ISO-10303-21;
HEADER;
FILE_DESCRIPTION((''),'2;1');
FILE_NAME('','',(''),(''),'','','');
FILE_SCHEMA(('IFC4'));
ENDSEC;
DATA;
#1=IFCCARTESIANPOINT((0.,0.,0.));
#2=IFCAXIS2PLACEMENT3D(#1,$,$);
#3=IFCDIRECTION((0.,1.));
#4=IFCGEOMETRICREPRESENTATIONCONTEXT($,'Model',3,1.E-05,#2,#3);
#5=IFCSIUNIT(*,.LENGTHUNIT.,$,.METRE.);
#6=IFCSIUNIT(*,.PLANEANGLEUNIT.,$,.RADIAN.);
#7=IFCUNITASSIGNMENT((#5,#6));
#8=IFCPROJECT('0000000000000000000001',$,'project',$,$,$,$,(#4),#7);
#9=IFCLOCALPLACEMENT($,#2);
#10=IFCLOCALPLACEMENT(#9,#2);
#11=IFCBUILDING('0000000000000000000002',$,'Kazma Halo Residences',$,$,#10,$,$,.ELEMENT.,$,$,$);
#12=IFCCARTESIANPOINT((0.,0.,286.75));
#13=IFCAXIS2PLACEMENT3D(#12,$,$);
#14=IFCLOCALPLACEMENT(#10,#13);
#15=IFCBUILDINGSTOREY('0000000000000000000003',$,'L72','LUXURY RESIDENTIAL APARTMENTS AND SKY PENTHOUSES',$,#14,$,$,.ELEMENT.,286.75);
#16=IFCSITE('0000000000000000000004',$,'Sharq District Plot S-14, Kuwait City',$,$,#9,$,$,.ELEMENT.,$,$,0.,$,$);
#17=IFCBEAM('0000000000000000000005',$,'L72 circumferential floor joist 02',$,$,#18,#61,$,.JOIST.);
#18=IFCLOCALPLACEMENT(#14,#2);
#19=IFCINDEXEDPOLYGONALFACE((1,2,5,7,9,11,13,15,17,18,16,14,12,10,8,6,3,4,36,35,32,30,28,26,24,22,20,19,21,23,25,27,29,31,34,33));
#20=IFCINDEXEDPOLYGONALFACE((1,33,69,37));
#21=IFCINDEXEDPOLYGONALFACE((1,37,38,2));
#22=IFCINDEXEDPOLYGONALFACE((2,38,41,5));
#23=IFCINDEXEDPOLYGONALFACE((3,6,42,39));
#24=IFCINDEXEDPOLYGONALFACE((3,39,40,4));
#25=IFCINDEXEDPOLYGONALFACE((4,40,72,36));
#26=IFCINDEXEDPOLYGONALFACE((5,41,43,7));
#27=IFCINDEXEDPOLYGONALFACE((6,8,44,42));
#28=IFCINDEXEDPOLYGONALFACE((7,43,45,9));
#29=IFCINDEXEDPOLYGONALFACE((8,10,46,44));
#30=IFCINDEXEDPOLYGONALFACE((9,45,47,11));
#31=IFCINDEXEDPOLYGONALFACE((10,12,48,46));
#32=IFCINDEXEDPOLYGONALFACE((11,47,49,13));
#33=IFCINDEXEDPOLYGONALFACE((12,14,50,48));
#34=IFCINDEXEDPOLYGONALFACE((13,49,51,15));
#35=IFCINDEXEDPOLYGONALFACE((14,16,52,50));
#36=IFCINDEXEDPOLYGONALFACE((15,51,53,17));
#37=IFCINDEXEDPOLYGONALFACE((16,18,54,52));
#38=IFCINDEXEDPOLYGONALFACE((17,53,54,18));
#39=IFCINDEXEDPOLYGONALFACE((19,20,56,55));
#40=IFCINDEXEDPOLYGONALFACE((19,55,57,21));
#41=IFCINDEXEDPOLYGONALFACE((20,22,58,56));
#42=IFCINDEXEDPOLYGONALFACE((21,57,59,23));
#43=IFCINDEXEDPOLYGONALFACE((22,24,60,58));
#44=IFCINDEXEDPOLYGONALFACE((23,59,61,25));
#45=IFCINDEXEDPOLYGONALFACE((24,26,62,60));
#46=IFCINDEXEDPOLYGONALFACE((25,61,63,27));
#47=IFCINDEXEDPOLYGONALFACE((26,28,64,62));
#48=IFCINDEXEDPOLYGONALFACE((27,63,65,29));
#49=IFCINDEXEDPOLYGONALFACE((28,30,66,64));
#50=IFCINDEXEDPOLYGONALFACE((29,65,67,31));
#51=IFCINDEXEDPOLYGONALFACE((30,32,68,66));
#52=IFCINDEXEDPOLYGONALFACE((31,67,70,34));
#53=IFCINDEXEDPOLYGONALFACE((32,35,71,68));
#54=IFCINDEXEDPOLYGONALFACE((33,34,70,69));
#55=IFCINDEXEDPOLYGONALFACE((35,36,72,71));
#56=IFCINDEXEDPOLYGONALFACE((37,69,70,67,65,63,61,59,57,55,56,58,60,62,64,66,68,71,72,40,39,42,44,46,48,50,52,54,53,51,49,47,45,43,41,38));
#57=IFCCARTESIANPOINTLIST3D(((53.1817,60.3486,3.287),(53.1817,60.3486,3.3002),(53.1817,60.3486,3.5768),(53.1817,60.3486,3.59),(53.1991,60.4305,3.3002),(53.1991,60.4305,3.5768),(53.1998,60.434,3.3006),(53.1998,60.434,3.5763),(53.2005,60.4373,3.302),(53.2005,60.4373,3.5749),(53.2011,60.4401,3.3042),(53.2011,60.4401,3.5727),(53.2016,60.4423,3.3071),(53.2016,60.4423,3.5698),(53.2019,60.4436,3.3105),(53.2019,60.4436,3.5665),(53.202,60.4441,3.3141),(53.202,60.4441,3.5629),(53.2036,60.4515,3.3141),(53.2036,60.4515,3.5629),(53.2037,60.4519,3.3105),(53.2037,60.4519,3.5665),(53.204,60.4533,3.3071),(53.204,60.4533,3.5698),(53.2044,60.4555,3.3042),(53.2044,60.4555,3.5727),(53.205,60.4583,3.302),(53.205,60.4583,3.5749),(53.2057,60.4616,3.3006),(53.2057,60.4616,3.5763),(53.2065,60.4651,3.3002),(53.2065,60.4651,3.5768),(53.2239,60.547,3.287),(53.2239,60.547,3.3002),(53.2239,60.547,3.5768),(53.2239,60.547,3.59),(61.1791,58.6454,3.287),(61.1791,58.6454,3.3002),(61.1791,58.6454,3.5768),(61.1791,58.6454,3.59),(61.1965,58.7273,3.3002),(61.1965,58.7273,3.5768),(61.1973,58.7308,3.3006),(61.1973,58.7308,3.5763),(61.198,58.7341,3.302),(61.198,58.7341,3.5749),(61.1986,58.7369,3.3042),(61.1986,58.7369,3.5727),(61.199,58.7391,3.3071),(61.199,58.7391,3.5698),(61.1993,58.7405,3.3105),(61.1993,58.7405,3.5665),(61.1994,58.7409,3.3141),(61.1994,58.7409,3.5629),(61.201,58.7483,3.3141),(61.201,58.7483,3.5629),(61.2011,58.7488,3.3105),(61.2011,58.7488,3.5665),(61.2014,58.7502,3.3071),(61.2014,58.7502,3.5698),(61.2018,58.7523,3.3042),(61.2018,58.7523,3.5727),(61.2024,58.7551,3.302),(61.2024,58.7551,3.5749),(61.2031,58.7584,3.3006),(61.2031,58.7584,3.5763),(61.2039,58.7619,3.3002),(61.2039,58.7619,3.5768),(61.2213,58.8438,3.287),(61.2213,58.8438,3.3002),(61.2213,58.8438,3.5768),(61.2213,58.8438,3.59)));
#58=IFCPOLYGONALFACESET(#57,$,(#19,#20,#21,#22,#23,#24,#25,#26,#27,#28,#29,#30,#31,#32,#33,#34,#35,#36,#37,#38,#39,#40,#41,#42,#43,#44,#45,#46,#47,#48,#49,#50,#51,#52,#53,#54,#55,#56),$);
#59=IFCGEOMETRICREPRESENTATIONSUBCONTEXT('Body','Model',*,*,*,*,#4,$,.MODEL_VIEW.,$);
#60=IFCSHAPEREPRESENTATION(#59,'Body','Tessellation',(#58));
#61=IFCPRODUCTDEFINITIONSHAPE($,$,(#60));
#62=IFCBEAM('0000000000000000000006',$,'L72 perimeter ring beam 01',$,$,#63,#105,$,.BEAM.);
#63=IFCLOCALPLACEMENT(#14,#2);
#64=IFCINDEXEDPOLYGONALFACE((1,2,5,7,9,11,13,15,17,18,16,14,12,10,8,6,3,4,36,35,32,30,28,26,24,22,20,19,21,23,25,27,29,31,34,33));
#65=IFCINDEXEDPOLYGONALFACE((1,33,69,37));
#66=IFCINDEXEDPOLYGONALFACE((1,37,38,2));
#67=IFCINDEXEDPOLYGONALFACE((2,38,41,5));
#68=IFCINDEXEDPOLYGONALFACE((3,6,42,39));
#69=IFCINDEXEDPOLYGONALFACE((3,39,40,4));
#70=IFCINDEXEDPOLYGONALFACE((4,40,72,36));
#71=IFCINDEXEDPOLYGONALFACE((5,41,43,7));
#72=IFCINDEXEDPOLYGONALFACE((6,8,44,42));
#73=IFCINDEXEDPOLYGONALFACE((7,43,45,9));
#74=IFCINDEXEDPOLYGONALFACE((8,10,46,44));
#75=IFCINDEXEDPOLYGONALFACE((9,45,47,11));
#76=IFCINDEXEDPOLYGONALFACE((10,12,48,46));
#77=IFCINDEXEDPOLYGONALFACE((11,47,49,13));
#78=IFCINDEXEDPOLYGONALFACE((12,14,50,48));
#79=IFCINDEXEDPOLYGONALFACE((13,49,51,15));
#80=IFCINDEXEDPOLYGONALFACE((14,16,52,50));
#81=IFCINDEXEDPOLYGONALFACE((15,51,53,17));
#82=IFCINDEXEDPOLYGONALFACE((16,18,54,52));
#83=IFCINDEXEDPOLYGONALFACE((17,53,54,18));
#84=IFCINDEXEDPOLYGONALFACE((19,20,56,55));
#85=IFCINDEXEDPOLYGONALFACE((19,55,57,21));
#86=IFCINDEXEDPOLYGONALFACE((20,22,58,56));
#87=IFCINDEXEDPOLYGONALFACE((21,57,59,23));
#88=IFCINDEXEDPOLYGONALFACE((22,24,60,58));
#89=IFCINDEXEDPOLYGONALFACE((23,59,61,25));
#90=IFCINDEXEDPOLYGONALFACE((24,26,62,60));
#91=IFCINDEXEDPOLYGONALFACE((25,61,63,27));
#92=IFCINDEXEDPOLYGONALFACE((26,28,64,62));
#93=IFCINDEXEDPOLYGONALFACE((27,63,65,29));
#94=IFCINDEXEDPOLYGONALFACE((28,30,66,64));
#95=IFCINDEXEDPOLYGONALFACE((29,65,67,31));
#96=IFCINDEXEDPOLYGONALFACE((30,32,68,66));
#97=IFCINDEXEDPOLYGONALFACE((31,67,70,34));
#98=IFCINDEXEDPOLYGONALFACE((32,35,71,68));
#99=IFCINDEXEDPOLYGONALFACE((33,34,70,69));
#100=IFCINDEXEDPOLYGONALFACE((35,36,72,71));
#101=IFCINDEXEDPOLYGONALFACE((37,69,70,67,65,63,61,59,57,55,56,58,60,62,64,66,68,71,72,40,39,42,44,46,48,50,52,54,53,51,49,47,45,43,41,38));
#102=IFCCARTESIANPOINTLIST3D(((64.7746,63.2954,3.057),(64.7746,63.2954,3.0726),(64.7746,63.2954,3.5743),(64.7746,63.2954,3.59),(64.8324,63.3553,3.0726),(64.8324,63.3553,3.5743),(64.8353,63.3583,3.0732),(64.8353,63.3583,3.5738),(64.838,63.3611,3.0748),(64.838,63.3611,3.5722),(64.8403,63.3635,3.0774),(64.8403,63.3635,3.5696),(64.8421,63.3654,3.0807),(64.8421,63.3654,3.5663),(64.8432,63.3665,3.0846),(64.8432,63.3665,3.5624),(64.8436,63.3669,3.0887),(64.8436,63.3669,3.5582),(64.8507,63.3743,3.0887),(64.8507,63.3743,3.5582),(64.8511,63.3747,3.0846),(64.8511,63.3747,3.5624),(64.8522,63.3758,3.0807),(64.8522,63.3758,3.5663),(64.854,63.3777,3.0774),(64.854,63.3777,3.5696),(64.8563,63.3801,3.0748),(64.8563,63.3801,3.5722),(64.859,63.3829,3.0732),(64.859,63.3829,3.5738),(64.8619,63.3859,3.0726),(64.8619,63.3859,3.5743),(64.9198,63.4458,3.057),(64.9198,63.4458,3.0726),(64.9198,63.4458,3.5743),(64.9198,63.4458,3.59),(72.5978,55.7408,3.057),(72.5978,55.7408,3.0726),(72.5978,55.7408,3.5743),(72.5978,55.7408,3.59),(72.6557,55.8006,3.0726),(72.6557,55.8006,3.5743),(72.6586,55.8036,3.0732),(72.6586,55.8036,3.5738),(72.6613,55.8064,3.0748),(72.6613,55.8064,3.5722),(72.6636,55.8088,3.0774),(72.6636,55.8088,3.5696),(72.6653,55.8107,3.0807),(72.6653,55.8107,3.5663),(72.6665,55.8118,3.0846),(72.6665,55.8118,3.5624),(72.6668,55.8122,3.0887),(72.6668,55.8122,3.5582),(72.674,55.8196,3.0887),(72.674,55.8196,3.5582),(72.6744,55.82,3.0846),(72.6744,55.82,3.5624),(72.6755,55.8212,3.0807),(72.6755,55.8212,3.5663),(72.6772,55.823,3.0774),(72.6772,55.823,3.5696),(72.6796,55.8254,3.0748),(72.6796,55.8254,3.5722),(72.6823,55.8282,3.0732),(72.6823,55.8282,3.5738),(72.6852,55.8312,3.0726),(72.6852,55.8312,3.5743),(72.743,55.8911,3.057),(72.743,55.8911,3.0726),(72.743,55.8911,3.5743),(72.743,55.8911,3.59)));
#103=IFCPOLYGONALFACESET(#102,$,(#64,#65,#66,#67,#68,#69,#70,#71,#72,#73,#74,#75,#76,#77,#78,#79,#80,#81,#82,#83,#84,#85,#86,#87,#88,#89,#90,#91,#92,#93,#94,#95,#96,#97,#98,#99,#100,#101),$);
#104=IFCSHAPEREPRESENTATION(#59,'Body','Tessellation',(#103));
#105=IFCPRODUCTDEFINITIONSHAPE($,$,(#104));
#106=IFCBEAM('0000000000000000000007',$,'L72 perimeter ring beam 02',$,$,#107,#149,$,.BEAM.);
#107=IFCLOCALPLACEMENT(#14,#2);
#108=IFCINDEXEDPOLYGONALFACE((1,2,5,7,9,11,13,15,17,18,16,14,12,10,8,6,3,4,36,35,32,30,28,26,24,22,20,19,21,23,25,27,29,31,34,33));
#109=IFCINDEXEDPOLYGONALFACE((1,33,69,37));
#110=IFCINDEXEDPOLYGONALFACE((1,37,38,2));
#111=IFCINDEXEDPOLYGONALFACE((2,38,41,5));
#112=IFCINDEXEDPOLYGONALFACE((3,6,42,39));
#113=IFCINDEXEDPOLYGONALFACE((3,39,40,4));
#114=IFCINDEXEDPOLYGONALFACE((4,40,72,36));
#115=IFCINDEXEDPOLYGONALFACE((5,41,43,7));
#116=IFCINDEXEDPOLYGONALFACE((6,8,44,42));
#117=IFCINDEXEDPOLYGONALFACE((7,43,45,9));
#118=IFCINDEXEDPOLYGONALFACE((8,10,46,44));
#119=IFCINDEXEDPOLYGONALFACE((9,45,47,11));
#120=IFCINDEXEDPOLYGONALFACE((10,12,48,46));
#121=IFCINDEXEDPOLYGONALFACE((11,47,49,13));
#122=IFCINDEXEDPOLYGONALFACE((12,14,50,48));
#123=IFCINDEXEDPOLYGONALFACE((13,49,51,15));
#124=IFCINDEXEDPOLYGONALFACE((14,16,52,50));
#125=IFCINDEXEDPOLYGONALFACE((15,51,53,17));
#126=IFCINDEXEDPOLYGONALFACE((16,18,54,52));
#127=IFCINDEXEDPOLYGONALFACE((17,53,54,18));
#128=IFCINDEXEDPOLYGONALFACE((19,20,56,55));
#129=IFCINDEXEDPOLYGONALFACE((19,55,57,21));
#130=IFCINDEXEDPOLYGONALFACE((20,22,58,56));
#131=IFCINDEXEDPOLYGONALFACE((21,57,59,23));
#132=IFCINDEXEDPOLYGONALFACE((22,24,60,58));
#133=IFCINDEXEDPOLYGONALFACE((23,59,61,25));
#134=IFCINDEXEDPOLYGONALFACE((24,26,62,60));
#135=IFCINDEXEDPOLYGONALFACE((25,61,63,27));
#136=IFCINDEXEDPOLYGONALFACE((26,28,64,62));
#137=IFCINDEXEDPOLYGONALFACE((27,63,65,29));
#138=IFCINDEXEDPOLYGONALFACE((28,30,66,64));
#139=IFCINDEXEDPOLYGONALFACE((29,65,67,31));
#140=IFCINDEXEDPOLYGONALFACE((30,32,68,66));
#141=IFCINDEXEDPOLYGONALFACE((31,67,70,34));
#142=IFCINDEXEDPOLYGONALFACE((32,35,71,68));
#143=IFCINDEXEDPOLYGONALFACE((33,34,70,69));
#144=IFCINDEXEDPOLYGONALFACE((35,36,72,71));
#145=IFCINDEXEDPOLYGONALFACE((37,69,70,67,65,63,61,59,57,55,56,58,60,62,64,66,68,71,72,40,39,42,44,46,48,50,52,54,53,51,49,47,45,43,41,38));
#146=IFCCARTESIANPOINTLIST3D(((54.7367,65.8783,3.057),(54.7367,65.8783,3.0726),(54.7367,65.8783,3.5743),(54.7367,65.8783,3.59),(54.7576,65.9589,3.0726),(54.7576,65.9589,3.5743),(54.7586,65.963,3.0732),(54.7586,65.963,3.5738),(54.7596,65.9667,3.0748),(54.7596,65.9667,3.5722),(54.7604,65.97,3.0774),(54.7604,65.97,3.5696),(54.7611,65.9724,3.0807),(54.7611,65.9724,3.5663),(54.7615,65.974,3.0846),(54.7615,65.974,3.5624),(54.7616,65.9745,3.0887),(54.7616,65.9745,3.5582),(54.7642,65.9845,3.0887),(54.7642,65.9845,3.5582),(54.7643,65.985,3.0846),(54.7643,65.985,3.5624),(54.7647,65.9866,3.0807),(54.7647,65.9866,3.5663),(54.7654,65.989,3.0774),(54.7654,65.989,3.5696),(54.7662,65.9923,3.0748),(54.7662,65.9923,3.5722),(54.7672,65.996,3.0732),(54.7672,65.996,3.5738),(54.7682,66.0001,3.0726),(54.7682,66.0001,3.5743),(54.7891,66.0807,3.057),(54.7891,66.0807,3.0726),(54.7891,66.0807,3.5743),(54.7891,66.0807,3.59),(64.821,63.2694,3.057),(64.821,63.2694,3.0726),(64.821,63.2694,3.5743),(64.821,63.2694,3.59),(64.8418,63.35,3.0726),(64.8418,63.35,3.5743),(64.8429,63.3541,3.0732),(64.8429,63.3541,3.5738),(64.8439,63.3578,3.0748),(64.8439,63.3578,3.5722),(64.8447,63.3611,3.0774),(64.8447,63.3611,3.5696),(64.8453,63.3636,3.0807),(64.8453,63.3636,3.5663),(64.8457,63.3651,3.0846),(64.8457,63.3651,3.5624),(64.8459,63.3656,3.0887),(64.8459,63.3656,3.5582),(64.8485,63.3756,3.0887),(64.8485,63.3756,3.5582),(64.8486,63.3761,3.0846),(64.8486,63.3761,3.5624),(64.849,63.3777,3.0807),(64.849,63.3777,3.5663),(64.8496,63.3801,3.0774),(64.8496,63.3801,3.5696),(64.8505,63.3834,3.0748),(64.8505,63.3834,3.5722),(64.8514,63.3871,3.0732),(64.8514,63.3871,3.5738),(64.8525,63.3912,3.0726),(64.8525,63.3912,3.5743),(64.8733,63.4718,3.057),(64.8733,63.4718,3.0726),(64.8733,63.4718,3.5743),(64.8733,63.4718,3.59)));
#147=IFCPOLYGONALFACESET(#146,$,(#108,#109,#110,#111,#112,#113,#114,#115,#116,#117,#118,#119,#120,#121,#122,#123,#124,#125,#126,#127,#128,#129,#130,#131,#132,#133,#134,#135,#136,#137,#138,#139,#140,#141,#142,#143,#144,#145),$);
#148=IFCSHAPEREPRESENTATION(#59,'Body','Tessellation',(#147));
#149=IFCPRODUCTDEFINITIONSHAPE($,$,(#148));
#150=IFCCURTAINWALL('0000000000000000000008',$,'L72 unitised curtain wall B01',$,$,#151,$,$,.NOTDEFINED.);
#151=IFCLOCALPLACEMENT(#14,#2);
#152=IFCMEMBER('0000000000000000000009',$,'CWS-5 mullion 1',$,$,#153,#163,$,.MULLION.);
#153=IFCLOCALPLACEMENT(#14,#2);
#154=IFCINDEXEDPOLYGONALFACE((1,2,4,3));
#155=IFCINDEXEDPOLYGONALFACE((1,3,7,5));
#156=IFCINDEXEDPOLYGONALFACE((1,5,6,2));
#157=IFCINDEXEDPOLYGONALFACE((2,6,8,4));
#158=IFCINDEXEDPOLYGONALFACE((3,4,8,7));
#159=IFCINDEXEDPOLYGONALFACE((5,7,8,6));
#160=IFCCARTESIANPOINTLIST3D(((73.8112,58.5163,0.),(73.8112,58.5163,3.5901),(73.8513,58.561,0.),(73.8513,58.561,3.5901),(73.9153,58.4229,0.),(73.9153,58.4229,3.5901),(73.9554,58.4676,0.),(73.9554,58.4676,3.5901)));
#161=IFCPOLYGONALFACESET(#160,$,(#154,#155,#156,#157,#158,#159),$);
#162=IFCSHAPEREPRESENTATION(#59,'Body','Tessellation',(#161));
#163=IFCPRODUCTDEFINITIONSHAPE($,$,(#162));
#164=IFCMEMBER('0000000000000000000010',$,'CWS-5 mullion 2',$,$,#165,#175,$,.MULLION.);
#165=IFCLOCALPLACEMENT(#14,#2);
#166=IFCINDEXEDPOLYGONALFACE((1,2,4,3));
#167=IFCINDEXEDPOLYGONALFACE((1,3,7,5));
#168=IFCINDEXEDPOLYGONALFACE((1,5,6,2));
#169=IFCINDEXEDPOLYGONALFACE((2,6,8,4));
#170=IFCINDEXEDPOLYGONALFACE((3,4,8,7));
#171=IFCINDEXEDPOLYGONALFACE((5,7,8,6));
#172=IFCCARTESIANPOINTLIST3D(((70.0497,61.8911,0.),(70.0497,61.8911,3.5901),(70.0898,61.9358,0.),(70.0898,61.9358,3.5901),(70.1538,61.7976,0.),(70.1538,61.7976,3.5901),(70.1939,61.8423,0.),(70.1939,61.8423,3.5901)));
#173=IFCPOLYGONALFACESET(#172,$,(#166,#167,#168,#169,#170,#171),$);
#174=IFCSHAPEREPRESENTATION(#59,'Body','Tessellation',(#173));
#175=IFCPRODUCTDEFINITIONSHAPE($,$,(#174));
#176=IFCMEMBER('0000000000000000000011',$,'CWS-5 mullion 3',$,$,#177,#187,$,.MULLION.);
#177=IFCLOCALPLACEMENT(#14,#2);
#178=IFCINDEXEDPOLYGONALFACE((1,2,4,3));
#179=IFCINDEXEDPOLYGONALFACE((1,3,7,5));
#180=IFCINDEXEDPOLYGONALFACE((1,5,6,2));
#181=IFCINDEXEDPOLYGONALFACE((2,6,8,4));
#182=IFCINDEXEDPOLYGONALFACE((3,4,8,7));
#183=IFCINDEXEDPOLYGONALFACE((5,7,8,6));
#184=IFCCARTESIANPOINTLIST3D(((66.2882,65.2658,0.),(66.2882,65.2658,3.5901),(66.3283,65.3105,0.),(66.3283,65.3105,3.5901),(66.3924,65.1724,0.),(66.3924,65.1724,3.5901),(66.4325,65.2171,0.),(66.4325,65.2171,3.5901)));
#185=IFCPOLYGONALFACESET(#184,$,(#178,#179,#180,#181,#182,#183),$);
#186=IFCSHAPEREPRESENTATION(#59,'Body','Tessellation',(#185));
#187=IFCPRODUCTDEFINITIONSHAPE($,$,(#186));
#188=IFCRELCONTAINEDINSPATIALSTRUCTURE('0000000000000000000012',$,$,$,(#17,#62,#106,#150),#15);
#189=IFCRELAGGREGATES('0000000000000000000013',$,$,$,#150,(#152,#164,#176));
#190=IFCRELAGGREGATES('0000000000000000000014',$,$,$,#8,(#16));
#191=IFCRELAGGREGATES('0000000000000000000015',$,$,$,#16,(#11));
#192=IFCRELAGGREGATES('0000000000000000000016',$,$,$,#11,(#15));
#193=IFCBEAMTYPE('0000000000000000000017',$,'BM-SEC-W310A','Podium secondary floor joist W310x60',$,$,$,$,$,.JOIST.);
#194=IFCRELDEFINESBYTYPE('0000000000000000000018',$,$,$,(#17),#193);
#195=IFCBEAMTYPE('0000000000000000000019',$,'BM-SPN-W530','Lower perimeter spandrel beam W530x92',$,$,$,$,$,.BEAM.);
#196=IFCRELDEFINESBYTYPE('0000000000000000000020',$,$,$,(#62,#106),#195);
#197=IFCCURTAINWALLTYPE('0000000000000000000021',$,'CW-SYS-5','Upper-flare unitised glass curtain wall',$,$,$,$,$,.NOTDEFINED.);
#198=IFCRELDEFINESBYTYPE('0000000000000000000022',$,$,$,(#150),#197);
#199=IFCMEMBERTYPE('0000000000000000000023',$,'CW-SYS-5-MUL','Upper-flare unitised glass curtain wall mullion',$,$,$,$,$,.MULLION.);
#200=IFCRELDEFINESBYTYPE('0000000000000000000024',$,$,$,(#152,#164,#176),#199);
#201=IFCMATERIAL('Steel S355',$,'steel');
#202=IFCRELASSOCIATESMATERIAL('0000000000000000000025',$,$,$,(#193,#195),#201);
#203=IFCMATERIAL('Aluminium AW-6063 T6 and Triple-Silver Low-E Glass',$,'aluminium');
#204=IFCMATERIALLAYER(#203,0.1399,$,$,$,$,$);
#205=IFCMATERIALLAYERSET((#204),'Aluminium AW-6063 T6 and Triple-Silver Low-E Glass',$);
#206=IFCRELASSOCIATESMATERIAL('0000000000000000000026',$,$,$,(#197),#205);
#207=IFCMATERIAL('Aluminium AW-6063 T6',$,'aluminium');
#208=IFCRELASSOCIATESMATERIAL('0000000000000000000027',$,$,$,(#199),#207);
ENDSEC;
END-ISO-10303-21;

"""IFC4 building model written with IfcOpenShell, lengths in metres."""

from ifc_helpers import new_model, si_unit, direction, frame, origin, origin_2d, place, context, subcontext, project, spatial, rectangle, i_section, extrude, material, layer, layer_set, material_profile, profile_set, type_object, element, aggregate, save


model = new_model("IFC4")

# Units and contexts
model_context = context("Model", 3, precision=1e-05, world=origin(), true_north=direction((0.0, 1.0)))
body_context = subcontext(model_context, "Body", "Model", "MODEL_VIEW")
ifc_project = project(units=[si_unit("LENGTHUNIT", "METRE"), si_unit("PLANEANGLEUNIT", "RADIAN")], contexts=[model_context])

# Site, building, storey
site_placement = place(None, origin())
site = spatial("IfcSite", under=ifc_project, at=site_placement, Name="Sharq District Plot S-14, Kuwait City", CompositionType="ELEMENT", RefElevation=0.0)
building_placement = place(site_placement, origin())
building = spatial("IfcBuilding", under=site, at=building_placement, Name="Kazma Halo Residences", CompositionType="ELEMENT")
storey_placement = place(building_placement, frame((0.0, 0.0, 286.75)))
storey = spatial("IfcBuildingStorey", under=building, at=storey_placement, Name="L72", Description="LUXURY RESIDENTIAL APARTMENTS AND SKY PENTHOUSES", CompositionType="ELEMENT", Elevation=286.75)

# Beams
ifc_material_1 = material(Name="Steel S355", Category="steel")
ifc_material_profile_1 = material_profile(ifc_material_1, i_section(OverallWidth=0.2029, OverallDepth=0.303, WebThickness=0.0076, FlangeThickness=0.0132, FilletRadius=0.0139, at=origin_2d()), Name="W310x60")
ifc_profile_set_1 = profile_set([ifc_material_profile_1], Name="Steel S355")
beam_type_1 = type_object("IfcBeamType", Name="BM-SEC-W310A", Description="Podium secondary floor joist W310x60", PredefinedType="JOIST", material=ifc_profile_set_1)
beam_1_placement = place(storey_placement, frame((61.2002, 58.7446, 3.4385), z_axis=(-0.978067, 0.208291, 0.0), x_axis=(-0.208291, -0.978067, 0.0)))
element("IfcBeam", 1, at=beam_1_placement, inside=storey, type_object=beam_type_1, Name="L72 circumferential floor joist 02", PredefinedType="JOIST", context=body_context, shape_type="SweptSolid", body=[
    extrude(i_section(OverallWidth=0.2029, OverallDepth=0.303, WebThickness=0.0076, FlangeThickness=0.0132, FilletRadius=0.0139, at=origin_2d()), origin(), (0.0, 0.0, 1.0), 8.1768),
])
ifc_material_profile_2 = material_profile(ifc_material_1, i_section(OverallWidth=0.209, OverallDepth=0.533, WebThickness=0.0103, FlangeThickness=0.0156, FilletRadius=0.0161, at=origin_2d()), Name="W530x92")
ifc_profile_set_2 = profile_set([ifc_material_profile_2], Name="Steel S355")
beam_type_2 = type_object("IfcBeamType", Name="BM-SPN-W530", Description="Lower perimeter spandrel beam W530x92", PredefinedType="BEAM", material=ifc_profile_set_2)
beam_2_placement = place(storey_placement, frame((72.6704, 55.8159, 3.3235), z_axis=(-0.719346, 0.694652, 0.0), x_axis=(-0.694652, -0.719346, 0.0)))
element("IfcBeam", 2, at=beam_2_placement, inside=storey, type_object=beam_type_2, Name="L72 perimeter ring beam 01", PredefinedType="BEAM", context=body_context, shape_type="SweptSolid", body=[
    extrude(i_section(OverallWidth=0.209, OverallDepth=0.533, WebThickness=0.0103, FlangeThickness=0.0156, FilletRadius=0.0161, at=origin_2d()), origin(), (0.0, 0.0, 1.0), 10.8755),
])
beam_3_placement = place(storey_placement, frame((64.8472, 63.3706, 3.3235), z_axis=(-0.968126, 0.250464, 0.0), x_axis=(-0.250464, -0.968126, 0.0)))
element("IfcBeam", 3, at=beam_3_placement, inside=storey, type_object=beam_type_2, Name="L72 perimeter ring beam 02", PredefinedType="BEAM", context=body_context, shape_type="SweptSolid", body=[
    extrude(i_section(OverallWidth=0.209, OverallDepth=0.533, WebThickness=0.0103, FlangeThickness=0.0156, FilletRadius=0.0161, at=origin_2d()), origin(), (0.0, 0.0, 1.0), 10.4163),
])

# Curtain wall, members
ifc_material_2 = material(Name="Aluminium AW-6063 T6 and Triple-Silver Low-E Glass", Category="aluminium")
ifc_layer_1 = layer(ifc_material_2, 0.1399)
ifc_layer_set_1 = layer_set([ifc_layer_1], Name="Aluminium AW-6063 T6 and Triple-Silver Low-E Glass")
curtain_wall_type = type_object("IfcCurtainWallType", Name="CW-SYS-5", Description="Upper-flare unitised glass curtain wall", PredefinedType="NOTDEFINED", material=ifc_layer_set_1)
curtain_wall_1_placement = place(storey_placement, origin())
curtain_wall_1 = element("IfcCurtainWall", 4, at=curtain_wall_1_placement, inside=storey, type_object=curtain_wall_type, Name="L72 unitised curtain wall B01", PredefinedType="NOTDEFINED")
ifc_material_3 = material(Name="Aluminium AW-6063 T6", Category="aluminium")
ifc_material_profile_3 = material_profile(ifc_material_3, rectangle(XDim=0.0601, YDim=0.1399, at=origin_2d()), Name="CWM-60x140")
ifc_profile_set_3 = profile_set([ifc_material_profile_3], Name="Aluminium AW-6063 T6")
member_type_1 = type_object("IfcMemberType", Name="CW-SYS-5-MUL", Description="Upper-flare unitised glass curtain wall mullion", PredefinedType="MULLION", material=ifc_profile_set_3)
member_1_placement = place(storey_placement, frame((73.8833, 58.4919, 0.0), z_axis=(0.0, 0.0, 1.0), x_axis=(-0.667805, -0.744336, 0.0)))
member_1 = element("IfcMember", 5, at=member_1_placement, type_object=member_type_1, Name="CWS-5 mullion 1", PredefinedType="MULLION", context=body_context, shape_type="SweptSolid", body=[
    extrude(rectangle(XDim=0.0601, YDim=0.1399, at=origin_2d()), origin(), (0.0, 0.0, 1.0), 3.5901),
])
member_2_placement = place(storey_placement, frame((70.1218, 61.8667, 0.0), z_axis=(0.0, 0.0, 1.0), x_axis=(-0.667805, -0.744336, 0.0)))
member_2 = element("IfcMember", 6, at=member_2_placement, type_object=member_type_1, Name="CWS-5 mullion 2", PredefinedType="MULLION", context=body_context, shape_type="SweptSolid", body=[
    extrude(rectangle(XDim=0.0601, YDim=0.1399, at=origin_2d()), origin(), (0.0, 0.0, 1.0), 3.5901),
])
member_3_placement = place(storey_placement, frame((66.3604, 65.2415, 0.0), z_axis=(0.0, 0.0, 1.0), x_axis=(-0.667805, -0.744336, 0.0)))
member_3 = element("IfcMember", 7, at=member_3_placement, type_object=member_type_1, Name="CWS-5 mullion 3", PredefinedType="MULLION", context=body_context, shape_type="SweptSolid", body=[
    extrude(rectangle(XDim=0.0601, YDim=0.1399, at=origin_2d()), origin(), (0.0, 0.0, 1.0), 3.5901),
])

aggregate(curtain_wall_1, [member_1, member_2, member_3])

save(model, "model.ifc")
